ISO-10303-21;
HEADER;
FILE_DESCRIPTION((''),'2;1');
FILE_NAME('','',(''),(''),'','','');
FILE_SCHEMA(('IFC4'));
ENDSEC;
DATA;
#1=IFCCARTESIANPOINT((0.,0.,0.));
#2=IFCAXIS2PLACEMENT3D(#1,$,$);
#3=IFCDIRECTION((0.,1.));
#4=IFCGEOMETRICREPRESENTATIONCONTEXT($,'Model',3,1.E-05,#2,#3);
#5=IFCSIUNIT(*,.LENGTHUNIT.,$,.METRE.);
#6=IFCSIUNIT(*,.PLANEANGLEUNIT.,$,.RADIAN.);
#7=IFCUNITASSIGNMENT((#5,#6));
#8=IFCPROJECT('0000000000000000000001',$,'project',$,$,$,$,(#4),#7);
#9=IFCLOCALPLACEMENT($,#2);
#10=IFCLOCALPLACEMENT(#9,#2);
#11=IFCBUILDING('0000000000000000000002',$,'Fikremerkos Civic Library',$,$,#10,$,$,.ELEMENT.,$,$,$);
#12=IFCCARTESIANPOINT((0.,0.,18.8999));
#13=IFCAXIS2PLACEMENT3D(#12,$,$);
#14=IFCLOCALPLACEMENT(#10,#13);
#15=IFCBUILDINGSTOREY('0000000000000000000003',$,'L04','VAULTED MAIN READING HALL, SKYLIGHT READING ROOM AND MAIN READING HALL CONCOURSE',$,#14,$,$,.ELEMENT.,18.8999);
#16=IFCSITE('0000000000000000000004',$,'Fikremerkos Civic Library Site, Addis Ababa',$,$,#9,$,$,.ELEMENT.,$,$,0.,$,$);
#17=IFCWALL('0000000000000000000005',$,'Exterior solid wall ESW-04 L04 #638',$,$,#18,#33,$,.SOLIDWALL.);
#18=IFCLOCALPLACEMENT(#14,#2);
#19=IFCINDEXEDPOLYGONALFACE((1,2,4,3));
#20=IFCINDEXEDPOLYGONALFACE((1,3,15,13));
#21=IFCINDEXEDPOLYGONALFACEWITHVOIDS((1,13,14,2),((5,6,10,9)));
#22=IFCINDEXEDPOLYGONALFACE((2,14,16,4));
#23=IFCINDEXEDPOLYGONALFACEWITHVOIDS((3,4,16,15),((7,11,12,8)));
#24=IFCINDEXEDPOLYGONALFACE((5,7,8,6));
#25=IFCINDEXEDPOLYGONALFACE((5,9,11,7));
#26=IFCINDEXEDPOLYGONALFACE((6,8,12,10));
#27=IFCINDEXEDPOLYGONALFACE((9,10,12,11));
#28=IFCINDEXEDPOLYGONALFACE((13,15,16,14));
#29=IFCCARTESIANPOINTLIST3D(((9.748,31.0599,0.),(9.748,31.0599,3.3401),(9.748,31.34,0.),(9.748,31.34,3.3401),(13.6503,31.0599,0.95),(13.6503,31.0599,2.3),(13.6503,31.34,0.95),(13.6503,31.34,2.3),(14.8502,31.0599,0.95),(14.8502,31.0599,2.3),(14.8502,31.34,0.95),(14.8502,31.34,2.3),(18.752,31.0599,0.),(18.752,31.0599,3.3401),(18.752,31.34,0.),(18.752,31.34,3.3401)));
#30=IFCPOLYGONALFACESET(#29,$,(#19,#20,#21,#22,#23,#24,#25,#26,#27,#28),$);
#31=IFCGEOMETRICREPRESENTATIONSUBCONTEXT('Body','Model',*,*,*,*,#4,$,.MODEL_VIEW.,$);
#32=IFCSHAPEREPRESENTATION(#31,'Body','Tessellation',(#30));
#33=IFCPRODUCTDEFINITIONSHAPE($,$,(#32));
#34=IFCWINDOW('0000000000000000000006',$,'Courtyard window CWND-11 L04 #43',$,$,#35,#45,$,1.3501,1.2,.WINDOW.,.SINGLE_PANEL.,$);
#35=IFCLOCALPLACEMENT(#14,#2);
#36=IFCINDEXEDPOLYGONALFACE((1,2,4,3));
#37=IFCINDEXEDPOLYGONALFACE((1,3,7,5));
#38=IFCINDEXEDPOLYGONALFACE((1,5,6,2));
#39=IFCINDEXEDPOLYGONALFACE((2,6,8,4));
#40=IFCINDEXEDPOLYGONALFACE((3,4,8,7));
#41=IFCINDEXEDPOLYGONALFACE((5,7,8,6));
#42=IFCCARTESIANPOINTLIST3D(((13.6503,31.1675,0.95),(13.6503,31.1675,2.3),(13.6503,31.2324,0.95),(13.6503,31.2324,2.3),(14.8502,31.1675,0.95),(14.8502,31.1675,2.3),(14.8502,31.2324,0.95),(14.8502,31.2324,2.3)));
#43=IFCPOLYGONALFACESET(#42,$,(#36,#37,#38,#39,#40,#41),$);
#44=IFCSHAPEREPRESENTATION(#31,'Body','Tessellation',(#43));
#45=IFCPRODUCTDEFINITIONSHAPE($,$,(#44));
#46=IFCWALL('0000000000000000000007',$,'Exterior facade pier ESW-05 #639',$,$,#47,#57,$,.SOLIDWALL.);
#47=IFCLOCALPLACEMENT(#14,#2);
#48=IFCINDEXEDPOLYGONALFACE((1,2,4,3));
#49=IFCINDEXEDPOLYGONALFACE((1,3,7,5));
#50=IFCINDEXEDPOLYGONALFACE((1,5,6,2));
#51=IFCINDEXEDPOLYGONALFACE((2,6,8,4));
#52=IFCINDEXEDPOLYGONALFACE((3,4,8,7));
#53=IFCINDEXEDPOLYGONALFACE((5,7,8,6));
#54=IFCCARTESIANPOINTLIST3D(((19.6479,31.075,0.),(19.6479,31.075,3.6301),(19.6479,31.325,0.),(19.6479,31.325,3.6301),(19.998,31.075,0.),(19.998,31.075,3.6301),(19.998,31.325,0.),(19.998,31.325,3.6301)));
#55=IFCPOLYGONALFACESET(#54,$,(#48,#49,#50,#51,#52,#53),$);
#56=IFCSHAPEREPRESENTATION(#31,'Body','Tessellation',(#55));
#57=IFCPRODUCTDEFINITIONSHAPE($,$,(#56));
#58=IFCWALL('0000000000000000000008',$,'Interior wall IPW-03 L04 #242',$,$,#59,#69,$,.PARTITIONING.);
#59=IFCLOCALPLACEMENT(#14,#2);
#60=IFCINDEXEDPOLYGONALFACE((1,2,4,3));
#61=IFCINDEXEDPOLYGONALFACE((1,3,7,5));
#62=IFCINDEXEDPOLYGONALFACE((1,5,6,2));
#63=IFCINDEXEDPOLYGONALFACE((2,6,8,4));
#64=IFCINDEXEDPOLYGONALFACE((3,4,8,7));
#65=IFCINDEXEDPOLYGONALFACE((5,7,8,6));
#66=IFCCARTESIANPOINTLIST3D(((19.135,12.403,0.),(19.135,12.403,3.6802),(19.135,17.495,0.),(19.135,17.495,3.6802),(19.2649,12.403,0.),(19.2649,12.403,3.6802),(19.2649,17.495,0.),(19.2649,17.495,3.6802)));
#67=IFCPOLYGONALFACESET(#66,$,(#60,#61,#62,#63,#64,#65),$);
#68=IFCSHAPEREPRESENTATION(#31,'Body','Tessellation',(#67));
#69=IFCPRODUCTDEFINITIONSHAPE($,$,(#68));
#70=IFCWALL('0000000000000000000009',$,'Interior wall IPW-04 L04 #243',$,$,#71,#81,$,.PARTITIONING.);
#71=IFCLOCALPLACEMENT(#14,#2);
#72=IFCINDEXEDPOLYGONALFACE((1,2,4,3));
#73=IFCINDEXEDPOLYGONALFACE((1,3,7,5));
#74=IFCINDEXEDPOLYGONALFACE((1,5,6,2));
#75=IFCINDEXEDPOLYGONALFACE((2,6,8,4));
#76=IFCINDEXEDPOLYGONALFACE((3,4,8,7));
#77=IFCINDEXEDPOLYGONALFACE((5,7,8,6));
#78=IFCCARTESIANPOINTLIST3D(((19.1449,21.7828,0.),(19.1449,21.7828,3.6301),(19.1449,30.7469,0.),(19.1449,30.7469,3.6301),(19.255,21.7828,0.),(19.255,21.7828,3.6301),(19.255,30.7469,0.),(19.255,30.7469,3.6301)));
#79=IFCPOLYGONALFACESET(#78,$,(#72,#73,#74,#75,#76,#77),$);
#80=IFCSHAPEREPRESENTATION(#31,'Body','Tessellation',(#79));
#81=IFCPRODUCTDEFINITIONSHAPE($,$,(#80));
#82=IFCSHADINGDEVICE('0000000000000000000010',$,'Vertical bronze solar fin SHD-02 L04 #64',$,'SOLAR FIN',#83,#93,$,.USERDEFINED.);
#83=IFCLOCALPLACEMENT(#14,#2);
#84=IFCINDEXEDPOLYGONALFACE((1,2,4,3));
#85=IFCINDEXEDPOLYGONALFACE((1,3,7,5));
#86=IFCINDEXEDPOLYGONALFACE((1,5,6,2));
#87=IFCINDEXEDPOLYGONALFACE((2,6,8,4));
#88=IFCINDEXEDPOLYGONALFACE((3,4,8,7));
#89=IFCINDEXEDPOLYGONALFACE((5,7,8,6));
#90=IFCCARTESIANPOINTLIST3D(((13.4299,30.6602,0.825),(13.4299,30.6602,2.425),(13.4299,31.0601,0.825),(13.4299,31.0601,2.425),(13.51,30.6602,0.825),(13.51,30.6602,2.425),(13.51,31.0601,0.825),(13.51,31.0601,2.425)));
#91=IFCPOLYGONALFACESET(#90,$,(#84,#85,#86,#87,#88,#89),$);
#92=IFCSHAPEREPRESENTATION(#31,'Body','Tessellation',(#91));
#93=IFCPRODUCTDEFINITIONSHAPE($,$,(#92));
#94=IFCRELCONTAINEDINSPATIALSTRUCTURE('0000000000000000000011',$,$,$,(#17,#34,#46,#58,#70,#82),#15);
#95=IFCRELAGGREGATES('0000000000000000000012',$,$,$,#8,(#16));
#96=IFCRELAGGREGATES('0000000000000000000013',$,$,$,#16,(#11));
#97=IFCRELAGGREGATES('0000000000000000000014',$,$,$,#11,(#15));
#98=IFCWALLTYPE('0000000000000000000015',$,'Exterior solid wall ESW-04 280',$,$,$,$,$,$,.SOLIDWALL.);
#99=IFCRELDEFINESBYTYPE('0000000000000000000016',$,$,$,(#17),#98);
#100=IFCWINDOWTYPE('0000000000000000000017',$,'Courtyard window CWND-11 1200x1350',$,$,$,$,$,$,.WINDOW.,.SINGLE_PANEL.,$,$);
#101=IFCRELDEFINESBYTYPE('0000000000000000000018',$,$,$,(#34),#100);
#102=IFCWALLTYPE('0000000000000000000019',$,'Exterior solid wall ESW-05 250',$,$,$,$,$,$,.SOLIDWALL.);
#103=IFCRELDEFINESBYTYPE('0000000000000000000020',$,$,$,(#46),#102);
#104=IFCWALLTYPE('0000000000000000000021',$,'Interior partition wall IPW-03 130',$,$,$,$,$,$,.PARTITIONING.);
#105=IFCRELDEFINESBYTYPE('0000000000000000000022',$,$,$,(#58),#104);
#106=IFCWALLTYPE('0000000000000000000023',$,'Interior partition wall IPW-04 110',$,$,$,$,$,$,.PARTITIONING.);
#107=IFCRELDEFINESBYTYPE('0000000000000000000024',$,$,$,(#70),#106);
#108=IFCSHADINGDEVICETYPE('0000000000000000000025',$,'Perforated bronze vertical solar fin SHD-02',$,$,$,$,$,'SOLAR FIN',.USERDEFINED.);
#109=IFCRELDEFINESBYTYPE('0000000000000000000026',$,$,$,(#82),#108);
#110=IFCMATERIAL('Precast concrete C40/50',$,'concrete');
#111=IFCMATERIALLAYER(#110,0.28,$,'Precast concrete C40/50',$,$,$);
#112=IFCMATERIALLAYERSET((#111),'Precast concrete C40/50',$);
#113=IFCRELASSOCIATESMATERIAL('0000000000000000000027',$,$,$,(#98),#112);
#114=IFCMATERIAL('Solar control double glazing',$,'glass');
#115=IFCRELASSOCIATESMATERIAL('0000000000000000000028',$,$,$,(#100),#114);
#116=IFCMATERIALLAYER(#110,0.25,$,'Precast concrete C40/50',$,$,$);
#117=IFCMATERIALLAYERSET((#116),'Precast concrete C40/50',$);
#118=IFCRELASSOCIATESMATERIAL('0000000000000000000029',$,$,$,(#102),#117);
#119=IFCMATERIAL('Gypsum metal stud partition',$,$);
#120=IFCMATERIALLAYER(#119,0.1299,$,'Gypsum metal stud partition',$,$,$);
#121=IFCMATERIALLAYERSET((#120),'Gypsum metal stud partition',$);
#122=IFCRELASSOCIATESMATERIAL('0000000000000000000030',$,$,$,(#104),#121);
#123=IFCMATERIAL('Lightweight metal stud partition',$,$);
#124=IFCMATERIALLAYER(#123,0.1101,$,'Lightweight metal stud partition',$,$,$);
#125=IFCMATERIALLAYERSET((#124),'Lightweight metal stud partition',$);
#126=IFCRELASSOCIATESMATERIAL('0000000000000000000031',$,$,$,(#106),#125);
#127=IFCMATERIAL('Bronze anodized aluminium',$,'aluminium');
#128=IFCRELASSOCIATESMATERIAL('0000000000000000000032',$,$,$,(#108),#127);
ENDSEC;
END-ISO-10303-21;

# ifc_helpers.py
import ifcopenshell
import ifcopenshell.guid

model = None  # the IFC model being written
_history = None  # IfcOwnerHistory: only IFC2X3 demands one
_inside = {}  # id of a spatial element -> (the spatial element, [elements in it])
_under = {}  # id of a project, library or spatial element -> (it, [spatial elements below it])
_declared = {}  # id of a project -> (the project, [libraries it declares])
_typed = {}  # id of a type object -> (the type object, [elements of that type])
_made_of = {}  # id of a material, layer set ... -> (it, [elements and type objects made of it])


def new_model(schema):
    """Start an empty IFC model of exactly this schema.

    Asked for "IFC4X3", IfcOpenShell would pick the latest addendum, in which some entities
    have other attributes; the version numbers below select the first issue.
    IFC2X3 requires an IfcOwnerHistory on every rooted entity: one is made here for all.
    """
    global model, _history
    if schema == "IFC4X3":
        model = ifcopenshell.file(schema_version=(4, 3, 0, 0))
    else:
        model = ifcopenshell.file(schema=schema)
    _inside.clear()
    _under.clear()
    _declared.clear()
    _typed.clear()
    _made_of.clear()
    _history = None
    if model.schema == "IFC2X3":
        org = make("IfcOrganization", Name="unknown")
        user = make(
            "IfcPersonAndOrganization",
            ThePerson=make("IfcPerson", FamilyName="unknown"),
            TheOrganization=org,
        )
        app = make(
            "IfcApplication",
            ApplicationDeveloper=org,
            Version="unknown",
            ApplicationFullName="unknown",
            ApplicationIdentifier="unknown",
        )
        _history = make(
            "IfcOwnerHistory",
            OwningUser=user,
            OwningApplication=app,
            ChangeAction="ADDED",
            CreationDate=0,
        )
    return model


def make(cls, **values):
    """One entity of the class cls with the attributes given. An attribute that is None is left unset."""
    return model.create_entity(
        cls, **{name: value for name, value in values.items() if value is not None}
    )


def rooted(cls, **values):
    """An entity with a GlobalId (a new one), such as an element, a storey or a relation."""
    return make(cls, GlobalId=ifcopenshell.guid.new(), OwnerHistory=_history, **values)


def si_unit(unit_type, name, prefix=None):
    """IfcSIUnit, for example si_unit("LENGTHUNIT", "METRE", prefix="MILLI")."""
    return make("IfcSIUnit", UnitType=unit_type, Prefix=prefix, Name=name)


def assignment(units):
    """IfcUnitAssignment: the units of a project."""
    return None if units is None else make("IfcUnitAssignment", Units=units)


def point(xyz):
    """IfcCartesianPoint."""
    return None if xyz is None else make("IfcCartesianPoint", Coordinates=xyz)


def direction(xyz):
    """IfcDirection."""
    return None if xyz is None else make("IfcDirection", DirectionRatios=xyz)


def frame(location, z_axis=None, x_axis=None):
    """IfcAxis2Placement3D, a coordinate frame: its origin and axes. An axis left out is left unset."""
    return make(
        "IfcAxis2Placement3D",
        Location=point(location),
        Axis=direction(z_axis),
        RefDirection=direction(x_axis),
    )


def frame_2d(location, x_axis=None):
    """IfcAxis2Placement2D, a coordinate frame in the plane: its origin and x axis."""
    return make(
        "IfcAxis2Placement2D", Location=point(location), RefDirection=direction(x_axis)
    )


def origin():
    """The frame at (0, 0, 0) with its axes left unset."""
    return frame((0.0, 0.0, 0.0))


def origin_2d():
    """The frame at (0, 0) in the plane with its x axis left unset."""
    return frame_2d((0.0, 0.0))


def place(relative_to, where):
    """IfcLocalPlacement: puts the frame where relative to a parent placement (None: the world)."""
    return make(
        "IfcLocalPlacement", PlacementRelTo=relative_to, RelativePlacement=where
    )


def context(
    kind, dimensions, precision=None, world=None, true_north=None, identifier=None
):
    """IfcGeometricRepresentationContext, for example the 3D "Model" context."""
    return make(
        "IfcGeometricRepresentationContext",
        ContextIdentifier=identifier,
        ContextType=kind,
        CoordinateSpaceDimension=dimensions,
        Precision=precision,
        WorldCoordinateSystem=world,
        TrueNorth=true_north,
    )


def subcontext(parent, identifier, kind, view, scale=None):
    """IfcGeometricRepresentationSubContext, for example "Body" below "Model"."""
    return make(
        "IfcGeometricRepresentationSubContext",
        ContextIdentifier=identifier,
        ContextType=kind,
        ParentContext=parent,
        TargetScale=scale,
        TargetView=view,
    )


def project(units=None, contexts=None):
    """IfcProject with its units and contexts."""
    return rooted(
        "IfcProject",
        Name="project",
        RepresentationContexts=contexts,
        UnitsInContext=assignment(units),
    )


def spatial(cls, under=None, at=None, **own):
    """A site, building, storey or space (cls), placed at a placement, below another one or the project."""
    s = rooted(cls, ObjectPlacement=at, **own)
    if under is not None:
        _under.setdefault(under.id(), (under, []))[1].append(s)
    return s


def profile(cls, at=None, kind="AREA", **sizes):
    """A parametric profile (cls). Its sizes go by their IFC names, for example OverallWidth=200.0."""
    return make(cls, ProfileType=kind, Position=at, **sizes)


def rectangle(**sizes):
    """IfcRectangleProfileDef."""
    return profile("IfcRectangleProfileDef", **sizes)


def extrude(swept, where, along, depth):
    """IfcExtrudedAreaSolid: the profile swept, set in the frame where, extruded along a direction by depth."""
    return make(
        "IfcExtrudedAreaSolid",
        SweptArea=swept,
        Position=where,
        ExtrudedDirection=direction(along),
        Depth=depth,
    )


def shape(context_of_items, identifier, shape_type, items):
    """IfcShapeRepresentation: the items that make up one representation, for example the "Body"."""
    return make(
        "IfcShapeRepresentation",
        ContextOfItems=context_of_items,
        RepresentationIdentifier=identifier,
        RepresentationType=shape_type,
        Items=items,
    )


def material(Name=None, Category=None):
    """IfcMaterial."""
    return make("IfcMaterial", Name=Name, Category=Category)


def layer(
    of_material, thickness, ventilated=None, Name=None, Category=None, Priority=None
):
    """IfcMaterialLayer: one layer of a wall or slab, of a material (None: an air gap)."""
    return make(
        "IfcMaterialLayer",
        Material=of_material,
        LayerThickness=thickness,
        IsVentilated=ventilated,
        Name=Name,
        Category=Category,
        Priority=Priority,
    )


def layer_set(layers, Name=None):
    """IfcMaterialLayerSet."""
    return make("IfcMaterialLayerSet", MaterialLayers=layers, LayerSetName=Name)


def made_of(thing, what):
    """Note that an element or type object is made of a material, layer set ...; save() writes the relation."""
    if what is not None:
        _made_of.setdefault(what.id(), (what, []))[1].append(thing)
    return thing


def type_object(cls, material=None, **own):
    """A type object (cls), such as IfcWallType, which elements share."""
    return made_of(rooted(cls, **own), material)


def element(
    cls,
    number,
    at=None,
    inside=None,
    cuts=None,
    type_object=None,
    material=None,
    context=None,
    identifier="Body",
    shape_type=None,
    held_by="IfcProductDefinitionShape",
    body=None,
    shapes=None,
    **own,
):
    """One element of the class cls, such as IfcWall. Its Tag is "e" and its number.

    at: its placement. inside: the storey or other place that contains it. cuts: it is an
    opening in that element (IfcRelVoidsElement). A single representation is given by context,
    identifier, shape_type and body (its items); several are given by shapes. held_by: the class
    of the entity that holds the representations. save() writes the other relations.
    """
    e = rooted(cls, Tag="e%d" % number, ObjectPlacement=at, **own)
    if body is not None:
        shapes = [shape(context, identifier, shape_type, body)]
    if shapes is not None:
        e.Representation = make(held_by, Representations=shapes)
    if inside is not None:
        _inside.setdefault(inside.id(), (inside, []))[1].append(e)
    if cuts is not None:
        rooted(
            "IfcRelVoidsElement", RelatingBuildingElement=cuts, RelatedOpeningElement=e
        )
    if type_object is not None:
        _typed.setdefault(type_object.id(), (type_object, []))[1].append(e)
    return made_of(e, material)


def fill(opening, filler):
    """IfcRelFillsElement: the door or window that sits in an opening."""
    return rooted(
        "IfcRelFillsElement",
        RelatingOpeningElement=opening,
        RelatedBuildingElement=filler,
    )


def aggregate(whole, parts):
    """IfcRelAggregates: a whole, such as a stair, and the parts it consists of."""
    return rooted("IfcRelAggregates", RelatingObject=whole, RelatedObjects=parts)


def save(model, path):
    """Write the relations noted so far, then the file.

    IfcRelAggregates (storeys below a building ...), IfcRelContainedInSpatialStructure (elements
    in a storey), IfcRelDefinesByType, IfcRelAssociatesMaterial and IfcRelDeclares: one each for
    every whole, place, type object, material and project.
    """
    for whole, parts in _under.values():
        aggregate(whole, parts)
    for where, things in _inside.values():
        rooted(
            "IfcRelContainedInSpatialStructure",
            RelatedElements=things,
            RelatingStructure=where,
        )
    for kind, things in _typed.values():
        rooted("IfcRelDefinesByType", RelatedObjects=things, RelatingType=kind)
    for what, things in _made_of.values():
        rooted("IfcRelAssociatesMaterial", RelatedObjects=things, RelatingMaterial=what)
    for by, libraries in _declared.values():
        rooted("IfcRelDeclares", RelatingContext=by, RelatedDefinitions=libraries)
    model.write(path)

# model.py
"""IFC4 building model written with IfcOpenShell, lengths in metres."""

from ifc_helpers import new_model, si_unit, direction, frame, frame_2d, origin, origin_2d, place, context, subcontext, project, spatial, rectangle, extrude, material, layer, layer_set, type_object, element, fill, save


model = new_model("IFC4")

# Units and contexts
model_context = context("Model", 3, precision=1e-05, world=origin(), true_north=direction((0.0, 1.0)))
body_context = subcontext(model_context, "Body", "Model", "MODEL_VIEW")
ifc_project = project(units=[si_unit("LENGTHUNIT", "METRE"), si_unit("PLANEANGLEUNIT", "RADIAN")], contexts=[model_context])

# Site, building, storey
site_placement = place(None, origin())
site = spatial("IfcSite", under=ifc_project, at=site_placement, Name="Fikremerkos Civic Library Site, Addis Ababa", CompositionType="ELEMENT", RefElevation=0.0)
building_placement = place(site_placement, origin())
building = spatial("IfcBuilding", under=site, at=building_placement, Name="Fikremerkos Civic Library", CompositionType="ELEMENT")
storey_placement = place(building_placement, frame((0.0, 0.0, 18.8999)))
storey = spatial("IfcBuildingStorey", under=building, at=storey_placement, Name="L04", Description="VAULTED MAIN READING HALL, SKYLIGHT READING ROOM AND MAIN READING HALL CONCOURSE", CompositionType="ELEMENT", Elevation=18.8999)

# Wall, opening, window
ifc_material_1 = material(Name="Precast concrete C40/50", Category="concrete")
ifc_layer_1 = layer(ifc_material_1, 0.28, Name="Precast concrete C40/50")
ifc_layer_set_1 = layer_set([ifc_layer_1], Name="Precast concrete C40/50")
wall_type_1 = type_object("IfcWallType", Name="Exterior solid wall ESW-04 280", PredefinedType="SOLIDWALL", material=ifc_layer_set_1)
wall_1_placement = place(storey_placement, frame((9.748, 31.2, 0.0), z_axis=(0.0, 0.0, 1.0), x_axis=(1.0, 0.0, 0.0)))
wall_1 = element("IfcWall", 1, at=wall_1_placement, inside=storey, type_object=wall_type_1, Name="Exterior solid wall ESW-04 L04 #638", PredefinedType="SOLIDWALL", context=body_context, shape_type="SweptSolid", body=[
    extrude(rectangle(XDim=9.0039, YDim=0.28, at=frame_2d((4.502, 0.0))), origin(), (0.0, 0.0, 1.0), 3.3401),
])
opening_placement = place(wall_1_placement, frame((3.9021, 0.0, 0.95)))
opening = element("IfcOpeningElement", 2, at=opening_placement, cuts=wall_1, PredefinedType="OPENING", context=body_context, shape_type="SweptSolid", body=[
    extrude(rectangle(XDim=1.2, YDim=1.3501, at=frame_2d((0.6001, 0.675))), frame((0.0, 0.1499, 0.0), z_axis=(0.0, -1.0, 0.0), x_axis=(1.0, 0.0, 0.0)), (0.0, 0.0, 1.0), 0.3),
])
ifc_material_2 = material(Name="Solar control double glazing", Category="glass")
window_type = type_object("IfcWindowType", Name="Courtyard window CWND-11 1200x1350", PartitioningType="SINGLE_PANEL", PredefinedType="WINDOW", material=ifc_material_2)
window_placement = place(opening_placement, origin())
window = element("IfcWindow", 3, at=window_placement, inside=storey, type_object=window_type, Name="Courtyard window CWND-11 L04 #43", OverallHeight=1.3501, OverallWidth=1.2, PartitioningType="SINGLE_PANEL", PredefinedType="WINDOW", context=body_context, shape_type="SweptSolid", body=[
    extrude(rectangle(XDim=1.2, YDim=1.3501, at=frame_2d((0.6001, 0.675))), frame((0.0, 0.0325, 0.0), z_axis=(0.0, -1.0, 0.0), x_axis=(1.0, 0.0, 0.0)), (0.0, 0.0, 1.0), 0.0649),
])
fill(opening, window)

# Walls
ifc_layer_2 = layer(ifc_material_1, 0.25, Name="Precast concrete C40/50")
ifc_layer_set_2 = layer_set([ifc_layer_2], Name="Precast concrete C40/50")
wall_type_2 = type_object("IfcWallType", Name="Exterior solid wall ESW-05 250", PredefinedType="SOLIDWALL", material=ifc_layer_set_2)
wall_2_placement = place(storey_placement, frame((19.6479, 31.2, 0.0), z_axis=(0.0, 0.0, 1.0), x_axis=(1.0, 0.0, 0.0)))
element("IfcWall", 4, at=wall_2_placement, inside=storey, type_object=wall_type_2, Name="Exterior facade pier ESW-05 #639", PredefinedType="SOLIDWALL", context=body_context, shape_type="SweptSolid", body=[
    extrude(rectangle(XDim=0.3501, YDim=0.25, at=frame_2d((0.175, 0.0))), origin(), (0.0, 0.0, 1.0), 3.6301),
])
ifc_material_3 = material(Name="Gypsum metal stud partition")
ifc_layer_3 = layer(ifc_material_3, 0.1299, Name="Gypsum metal stud partition")
ifc_layer_set_3 = layer_set([ifc_layer_3], Name="Gypsum metal stud partition")
wall_type_3 = type_object("IfcWallType", Name="Interior partition wall IPW-03 130", PredefinedType="PARTITIONING", material=ifc_layer_set_3)
wall_3_placement = place(storey_placement, frame((19.2, 12.4031, 0.0), z_axis=(0.0, 0.0, 1.0), x_axis=(0.0, 1.0, 0.0)))
element("IfcWall", 5, at=wall_3_placement, inside=storey, type_object=wall_type_3, Name="Interior wall IPW-03 L04 #242", PredefinedType="PARTITIONING", context=body_context, shape_type="SweptSolid", body=[
    extrude(rectangle(XDim=5.092, YDim=0.1299, at=frame_2d((2.5459, 0.0))), origin(), (0.0, 0.0, 1.0), 3.6802),
])
ifc_material_4 = material(Name="Lightweight metal stud partition")
ifc_layer_4 = layer(ifc_material_4, 0.1101, Name="Lightweight metal stud partition")
ifc_layer_set_4 = layer_set([ifc_layer_4], Name="Lightweight metal stud partition")
wall_type_4 = type_object("IfcWallType", Name="Interior partition wall IPW-04 110", PredefinedType="PARTITIONING", material=ifc_layer_set_4)
wall_4_placement = place(storey_placement, frame((19.2, 21.783, 0.0), z_axis=(0.0, 0.0, 1.0), x_axis=(0.0, 1.0, 0.0)))
element("IfcWall", 6, at=wall_4_placement, inside=storey, type_object=wall_type_4, Name="Interior wall IPW-04 L04 #243", PredefinedType="PARTITIONING", context=body_context, shape_type="SweptSolid", body=[
    extrude(rectangle(XDim=8.9641, YDim=0.1101, at=frame_2d((4.4819, 0.0))), origin(), (0.0, 0.0, 1.0), 3.6301),
])

# Shading device
ifc_material_5 = material(Name="Bronze anodized aluminium", Category="aluminium")
shading_device_type = type_object("IfcShadingDeviceType", Name="Perforated bronze vertical solar fin SHD-02", ElementType="SOLAR FIN", PredefinedType="USERDEFINED", material=ifc_material_5)
shading_device_placement = place(storey_placement, frame((13.47, 30.8601, 0.825), z_axis=(0.0, 0.0, 1.0), x_axis=(1.0, 0.0, 0.0)))
element("IfcShadingDevice", 7, at=shading_device_placement, inside=storey, type_object=shading_device_type, Name="Vertical bronze solar fin SHD-02 L04 #64", ObjectType="SOLAR FIN", PredefinedType="USERDEFINED", context=body_context, shape_type="SweptSolid", body=[
    extrude(rectangle(XDim=0.0801, YDim=0.3999, at=origin_2d()), origin(), (0.0, 0.0, 1.0), 1.6001),
])

save(model, "model.ifc")
